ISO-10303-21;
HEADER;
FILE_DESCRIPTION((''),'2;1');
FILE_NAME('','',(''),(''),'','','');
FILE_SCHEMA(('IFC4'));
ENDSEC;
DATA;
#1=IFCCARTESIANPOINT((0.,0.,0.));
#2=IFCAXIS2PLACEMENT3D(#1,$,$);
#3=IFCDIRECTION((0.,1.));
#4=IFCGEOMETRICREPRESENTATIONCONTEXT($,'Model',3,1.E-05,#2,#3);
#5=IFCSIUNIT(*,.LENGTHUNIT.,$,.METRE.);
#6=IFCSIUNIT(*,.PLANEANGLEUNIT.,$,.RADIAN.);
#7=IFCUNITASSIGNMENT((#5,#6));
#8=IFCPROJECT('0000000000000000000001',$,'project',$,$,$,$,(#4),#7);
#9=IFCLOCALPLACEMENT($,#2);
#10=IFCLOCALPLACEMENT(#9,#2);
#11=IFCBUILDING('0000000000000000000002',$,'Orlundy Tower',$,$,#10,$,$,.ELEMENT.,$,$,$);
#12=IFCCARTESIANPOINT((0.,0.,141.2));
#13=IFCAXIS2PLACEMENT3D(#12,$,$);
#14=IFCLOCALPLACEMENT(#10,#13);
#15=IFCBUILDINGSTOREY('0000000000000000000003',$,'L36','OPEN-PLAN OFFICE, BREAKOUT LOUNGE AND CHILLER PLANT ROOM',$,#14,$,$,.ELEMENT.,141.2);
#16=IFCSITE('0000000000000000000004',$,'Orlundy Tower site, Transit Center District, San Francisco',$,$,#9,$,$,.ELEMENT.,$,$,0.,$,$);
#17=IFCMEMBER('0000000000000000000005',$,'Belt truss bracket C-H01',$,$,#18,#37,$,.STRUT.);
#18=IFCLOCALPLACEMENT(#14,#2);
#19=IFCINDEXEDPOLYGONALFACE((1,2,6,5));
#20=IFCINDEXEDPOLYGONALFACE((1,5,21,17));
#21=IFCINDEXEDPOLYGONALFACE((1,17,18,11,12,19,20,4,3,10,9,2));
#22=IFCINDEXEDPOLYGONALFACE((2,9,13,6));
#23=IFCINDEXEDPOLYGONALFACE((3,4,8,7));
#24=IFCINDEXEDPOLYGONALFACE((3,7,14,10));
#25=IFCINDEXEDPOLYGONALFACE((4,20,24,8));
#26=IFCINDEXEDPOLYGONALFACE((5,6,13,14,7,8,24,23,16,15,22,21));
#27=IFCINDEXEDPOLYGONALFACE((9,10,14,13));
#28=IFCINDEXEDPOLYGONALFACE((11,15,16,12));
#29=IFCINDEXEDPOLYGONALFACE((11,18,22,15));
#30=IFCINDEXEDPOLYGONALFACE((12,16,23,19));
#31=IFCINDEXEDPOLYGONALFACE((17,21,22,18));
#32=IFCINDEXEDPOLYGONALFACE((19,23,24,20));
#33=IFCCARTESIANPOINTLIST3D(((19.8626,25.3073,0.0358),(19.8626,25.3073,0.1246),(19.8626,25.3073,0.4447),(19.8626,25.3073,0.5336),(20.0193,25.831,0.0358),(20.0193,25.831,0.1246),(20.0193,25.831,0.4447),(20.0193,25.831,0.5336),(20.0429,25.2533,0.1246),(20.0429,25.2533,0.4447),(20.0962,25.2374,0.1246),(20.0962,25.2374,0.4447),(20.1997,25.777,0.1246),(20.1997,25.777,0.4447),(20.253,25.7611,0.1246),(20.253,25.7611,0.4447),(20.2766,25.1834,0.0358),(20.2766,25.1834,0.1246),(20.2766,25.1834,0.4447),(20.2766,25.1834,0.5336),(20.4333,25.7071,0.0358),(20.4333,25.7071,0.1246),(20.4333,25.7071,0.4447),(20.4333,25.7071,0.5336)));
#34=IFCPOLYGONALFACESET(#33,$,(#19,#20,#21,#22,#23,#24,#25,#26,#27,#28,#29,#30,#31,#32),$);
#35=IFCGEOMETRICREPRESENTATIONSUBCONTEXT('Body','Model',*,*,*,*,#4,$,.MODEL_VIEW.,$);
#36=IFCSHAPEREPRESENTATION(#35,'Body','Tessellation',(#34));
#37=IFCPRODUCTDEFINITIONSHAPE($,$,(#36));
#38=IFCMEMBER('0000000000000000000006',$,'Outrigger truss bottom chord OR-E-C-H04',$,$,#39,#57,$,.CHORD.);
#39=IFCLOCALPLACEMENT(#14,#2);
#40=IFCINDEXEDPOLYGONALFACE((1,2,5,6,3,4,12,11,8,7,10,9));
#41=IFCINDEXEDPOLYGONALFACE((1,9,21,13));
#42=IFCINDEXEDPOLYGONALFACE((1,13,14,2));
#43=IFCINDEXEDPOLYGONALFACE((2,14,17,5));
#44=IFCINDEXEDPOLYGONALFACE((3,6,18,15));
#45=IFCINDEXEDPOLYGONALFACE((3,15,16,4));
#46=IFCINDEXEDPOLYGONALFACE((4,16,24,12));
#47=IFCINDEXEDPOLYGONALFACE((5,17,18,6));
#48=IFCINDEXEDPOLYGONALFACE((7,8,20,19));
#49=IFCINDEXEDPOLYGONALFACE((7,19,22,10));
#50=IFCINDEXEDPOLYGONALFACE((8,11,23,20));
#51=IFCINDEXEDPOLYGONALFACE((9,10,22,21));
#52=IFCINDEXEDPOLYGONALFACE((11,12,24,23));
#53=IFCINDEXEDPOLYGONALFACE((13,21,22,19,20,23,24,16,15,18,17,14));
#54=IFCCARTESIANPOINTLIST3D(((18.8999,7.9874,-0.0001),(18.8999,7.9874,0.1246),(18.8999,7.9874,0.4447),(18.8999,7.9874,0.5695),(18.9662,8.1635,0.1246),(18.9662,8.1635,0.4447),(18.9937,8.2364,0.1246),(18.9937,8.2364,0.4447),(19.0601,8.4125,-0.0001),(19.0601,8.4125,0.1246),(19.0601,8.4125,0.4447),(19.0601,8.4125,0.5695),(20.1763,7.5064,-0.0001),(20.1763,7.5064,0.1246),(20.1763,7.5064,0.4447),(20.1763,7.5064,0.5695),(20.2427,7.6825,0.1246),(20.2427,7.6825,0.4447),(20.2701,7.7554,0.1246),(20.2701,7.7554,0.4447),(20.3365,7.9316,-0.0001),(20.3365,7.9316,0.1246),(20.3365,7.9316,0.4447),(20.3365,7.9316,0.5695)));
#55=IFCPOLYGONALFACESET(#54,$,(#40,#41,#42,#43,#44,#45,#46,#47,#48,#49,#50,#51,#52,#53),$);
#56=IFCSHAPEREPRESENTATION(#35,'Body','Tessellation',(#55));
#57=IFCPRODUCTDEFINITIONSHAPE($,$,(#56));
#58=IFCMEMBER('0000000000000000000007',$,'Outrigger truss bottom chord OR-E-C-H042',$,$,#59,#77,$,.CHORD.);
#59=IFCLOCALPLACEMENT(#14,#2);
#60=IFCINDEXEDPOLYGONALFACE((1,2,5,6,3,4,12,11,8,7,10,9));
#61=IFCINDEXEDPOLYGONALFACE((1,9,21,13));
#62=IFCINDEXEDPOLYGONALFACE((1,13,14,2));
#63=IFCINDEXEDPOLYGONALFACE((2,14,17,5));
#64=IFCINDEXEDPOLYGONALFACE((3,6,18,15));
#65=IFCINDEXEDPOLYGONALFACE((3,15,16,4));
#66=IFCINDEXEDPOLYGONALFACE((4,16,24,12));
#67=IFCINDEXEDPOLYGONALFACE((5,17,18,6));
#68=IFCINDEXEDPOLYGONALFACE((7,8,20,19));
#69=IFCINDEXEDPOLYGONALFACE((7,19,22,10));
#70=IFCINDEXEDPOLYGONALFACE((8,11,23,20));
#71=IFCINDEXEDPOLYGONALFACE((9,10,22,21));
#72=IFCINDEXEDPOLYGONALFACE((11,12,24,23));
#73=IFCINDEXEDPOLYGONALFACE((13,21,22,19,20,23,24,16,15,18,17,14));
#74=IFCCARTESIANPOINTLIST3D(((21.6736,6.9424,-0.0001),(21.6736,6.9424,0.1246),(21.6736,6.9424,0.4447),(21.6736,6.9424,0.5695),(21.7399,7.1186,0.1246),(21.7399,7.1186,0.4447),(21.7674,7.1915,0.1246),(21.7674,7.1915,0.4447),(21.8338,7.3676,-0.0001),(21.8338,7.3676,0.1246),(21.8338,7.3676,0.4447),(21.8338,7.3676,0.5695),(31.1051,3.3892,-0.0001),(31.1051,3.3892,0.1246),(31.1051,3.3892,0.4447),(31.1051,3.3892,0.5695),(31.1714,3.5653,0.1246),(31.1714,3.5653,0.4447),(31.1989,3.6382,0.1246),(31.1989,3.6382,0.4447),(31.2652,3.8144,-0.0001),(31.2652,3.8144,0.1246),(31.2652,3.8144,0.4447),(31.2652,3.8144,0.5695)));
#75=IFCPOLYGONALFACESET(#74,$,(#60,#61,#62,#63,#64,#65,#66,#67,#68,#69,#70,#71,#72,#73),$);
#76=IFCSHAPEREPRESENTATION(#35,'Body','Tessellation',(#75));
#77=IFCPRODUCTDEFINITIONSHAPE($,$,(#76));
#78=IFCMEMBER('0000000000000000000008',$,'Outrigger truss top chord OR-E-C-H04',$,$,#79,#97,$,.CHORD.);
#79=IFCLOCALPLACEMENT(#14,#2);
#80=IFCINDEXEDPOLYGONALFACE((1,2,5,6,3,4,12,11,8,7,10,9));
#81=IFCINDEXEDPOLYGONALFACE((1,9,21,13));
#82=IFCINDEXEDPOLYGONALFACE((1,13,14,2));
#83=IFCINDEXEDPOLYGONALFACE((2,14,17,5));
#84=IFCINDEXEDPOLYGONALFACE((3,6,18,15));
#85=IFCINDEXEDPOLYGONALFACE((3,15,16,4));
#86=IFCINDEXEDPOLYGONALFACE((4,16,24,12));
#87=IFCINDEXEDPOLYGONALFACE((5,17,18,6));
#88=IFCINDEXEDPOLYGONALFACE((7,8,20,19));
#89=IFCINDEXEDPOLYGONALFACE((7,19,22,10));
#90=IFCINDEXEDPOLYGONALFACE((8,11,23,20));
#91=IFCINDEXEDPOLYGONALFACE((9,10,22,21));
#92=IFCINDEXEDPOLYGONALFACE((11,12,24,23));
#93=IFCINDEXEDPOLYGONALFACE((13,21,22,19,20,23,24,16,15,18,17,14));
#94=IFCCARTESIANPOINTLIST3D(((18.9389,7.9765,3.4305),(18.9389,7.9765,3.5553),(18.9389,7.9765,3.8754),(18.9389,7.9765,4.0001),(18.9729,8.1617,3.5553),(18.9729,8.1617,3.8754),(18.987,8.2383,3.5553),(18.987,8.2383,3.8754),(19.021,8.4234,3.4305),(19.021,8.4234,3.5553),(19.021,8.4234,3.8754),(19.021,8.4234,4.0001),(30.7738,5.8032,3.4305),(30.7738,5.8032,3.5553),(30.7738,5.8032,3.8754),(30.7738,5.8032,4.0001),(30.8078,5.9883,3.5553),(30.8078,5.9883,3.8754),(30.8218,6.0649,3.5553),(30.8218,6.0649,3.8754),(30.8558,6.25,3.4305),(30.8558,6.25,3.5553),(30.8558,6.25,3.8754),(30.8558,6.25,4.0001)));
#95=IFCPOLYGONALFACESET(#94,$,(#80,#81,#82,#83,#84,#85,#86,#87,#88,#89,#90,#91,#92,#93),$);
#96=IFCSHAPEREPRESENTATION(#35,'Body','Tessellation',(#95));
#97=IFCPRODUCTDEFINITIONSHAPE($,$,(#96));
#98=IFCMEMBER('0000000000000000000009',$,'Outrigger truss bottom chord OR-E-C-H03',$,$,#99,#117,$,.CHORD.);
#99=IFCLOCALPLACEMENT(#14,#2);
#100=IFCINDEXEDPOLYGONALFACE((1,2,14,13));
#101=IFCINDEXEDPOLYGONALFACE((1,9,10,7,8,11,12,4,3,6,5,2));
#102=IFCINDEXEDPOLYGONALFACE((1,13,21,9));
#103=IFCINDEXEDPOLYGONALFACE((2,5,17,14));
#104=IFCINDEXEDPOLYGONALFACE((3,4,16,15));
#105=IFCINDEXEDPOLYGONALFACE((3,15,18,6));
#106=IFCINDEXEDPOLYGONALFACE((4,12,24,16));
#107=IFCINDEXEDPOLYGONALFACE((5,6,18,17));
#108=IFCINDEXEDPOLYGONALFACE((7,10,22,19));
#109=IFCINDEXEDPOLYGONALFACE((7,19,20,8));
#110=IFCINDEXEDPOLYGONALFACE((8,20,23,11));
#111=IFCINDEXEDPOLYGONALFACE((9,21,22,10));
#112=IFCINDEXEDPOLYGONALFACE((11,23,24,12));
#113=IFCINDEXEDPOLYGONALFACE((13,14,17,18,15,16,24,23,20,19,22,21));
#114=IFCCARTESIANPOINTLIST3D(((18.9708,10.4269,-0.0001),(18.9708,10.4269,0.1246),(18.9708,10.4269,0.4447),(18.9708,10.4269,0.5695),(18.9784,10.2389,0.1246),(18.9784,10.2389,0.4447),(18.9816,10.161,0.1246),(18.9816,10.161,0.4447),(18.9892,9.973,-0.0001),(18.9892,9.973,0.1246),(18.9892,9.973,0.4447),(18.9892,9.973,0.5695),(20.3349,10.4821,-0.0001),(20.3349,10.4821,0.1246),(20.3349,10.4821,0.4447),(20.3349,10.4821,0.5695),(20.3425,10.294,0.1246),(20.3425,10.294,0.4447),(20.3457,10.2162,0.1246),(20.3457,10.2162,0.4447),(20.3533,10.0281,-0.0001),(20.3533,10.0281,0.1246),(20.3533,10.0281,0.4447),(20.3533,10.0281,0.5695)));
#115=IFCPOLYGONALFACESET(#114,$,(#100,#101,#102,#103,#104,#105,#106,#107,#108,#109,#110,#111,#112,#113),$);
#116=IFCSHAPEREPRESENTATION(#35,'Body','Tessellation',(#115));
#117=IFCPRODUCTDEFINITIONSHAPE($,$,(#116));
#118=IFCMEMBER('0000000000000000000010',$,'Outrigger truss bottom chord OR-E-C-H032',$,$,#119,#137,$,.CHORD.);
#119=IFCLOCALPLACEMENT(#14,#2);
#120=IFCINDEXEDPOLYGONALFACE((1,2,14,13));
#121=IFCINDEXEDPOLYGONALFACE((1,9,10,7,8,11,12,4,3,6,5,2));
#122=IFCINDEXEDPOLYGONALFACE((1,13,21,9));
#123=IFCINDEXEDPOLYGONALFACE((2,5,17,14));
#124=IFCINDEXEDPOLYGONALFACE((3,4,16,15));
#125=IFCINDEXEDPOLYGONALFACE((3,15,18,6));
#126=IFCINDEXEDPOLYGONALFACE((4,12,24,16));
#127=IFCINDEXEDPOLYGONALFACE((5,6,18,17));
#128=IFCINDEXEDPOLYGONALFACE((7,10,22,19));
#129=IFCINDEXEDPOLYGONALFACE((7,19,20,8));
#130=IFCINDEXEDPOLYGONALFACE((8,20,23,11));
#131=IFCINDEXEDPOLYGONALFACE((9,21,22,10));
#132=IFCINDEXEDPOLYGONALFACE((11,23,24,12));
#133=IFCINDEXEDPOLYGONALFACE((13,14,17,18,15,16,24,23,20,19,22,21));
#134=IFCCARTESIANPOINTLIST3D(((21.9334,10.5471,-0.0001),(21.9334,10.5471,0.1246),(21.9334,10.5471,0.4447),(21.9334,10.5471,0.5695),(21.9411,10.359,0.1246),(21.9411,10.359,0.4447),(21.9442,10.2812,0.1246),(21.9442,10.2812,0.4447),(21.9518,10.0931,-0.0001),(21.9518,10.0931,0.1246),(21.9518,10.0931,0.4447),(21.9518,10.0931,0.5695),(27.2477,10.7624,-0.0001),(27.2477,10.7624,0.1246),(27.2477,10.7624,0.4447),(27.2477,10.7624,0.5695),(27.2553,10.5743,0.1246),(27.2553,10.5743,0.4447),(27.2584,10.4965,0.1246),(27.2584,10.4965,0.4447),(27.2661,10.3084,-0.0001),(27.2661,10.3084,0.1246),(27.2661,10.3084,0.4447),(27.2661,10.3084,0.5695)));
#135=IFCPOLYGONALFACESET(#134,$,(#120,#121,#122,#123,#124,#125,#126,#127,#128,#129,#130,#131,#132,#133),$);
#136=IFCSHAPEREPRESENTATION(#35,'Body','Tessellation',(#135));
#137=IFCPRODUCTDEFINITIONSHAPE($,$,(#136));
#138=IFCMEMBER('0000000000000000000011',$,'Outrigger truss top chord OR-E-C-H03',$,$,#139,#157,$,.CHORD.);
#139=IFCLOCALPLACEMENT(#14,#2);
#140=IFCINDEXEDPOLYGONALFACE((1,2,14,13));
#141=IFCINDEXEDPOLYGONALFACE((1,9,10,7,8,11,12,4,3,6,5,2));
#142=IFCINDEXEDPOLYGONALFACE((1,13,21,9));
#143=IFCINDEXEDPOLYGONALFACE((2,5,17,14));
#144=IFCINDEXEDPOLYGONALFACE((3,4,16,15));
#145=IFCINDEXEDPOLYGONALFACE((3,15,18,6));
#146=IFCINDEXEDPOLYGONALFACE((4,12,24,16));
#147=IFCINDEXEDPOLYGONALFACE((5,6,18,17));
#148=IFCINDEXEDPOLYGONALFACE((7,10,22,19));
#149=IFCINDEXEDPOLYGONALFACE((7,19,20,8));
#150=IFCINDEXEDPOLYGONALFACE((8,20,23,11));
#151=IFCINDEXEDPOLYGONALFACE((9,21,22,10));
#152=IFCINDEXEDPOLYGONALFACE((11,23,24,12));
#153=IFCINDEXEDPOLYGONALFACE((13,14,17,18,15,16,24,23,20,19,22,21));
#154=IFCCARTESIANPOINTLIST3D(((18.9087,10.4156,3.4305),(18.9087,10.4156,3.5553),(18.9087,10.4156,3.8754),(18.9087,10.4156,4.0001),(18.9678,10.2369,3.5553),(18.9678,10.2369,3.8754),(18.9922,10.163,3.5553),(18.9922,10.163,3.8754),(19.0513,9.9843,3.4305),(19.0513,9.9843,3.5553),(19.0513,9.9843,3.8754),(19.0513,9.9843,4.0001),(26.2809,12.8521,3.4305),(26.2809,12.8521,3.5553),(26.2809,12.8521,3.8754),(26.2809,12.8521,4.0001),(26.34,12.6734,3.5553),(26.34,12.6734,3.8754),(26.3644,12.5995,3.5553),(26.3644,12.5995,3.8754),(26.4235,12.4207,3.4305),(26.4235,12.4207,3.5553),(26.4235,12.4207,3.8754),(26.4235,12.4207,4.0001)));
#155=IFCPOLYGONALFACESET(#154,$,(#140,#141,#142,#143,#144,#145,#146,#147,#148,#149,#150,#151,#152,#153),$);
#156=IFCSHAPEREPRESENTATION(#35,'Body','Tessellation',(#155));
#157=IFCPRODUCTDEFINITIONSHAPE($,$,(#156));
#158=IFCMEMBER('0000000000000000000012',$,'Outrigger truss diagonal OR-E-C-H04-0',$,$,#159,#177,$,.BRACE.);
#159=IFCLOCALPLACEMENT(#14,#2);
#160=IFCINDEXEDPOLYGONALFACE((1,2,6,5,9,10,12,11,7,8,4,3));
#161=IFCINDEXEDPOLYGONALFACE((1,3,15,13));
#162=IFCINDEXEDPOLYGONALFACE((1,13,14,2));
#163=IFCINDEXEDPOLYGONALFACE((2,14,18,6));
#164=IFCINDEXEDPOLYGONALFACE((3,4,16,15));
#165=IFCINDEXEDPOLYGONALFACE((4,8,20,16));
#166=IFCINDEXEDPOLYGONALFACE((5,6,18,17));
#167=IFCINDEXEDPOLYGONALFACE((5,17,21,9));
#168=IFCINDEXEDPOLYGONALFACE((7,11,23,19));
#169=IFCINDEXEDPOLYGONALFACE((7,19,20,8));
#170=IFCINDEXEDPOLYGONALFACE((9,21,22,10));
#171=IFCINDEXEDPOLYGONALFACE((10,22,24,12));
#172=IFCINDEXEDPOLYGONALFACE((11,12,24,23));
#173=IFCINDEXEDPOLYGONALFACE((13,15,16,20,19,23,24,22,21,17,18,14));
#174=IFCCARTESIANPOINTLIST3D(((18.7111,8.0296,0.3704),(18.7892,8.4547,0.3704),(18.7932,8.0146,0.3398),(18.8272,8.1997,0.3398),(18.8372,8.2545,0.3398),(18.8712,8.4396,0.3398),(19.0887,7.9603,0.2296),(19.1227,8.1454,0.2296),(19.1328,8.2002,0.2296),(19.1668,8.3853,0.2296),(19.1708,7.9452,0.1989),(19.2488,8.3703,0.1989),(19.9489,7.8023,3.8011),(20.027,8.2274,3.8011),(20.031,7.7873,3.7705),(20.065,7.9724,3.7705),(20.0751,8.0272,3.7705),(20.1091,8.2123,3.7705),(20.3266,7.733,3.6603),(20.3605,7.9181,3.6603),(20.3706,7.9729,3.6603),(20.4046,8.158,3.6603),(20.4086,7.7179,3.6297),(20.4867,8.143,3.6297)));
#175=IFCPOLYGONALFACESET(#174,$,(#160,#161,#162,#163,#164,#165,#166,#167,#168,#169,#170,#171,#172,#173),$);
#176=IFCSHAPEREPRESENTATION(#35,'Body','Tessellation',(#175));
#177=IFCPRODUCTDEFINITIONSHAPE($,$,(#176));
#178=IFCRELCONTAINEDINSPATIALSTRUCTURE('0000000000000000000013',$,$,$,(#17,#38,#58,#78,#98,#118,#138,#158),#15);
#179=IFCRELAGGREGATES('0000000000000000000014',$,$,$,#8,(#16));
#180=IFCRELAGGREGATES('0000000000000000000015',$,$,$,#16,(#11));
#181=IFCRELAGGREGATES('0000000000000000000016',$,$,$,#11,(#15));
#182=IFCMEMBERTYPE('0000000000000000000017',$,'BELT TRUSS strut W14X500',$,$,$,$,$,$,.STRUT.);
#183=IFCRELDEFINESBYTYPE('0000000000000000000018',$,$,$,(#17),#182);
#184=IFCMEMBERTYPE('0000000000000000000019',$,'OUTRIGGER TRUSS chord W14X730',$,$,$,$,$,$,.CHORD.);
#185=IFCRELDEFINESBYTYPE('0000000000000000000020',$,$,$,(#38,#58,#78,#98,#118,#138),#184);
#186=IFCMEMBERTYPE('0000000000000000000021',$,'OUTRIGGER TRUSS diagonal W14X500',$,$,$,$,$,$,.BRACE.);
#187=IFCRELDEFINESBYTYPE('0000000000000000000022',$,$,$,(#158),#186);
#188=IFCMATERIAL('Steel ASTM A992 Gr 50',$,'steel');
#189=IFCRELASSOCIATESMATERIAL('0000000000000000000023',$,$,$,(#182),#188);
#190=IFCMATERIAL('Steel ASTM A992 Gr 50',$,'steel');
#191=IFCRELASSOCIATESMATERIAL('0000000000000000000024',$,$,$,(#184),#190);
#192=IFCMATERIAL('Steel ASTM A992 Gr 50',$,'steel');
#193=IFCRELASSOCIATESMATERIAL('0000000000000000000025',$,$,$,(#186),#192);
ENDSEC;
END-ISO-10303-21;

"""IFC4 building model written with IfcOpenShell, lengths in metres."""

from ifc_helpers import new_model, si_unit, direction, frame, origin, origin_2d, place, context, subcontext, project, spatial, i_section, extrude, material, material_profile, profile_set, type_object, element, save


model = new_model("IFC4")

# Units and contexts
model_context = context("Model", 3, precision=1e-05, world=origin(), true_north=direction((0.0, 1.0)))
body_context = subcontext(model_context, "Body", "Model", "MODEL_VIEW")
ifc_project = project(units=[si_unit("LENGTHUNIT", "METRE"), si_unit("PLANEANGLEUNIT", "RADIAN")], contexts=[model_context])

# Site, building, storey
site_placement = place(None, origin())
site = spatial("IfcSite", under=ifc_project, at=site_placement, Name="Orlundy Tower site, Transit Center District, San Francisco", CompositionType="ELEMENT", RefElevation=0.0)
building_placement = place(site_placement, origin())
building = spatial("IfcBuilding", under=site, at=building_placement, Name="Orlundy Tower", CompositionType="ELEMENT")
storey_placement = place(building_placement, frame((0.0, 0.0, 141.2)))
storey = spatial("IfcBuildingStorey", under=building, at=storey_placement, Name="L36", Description="OPEN-PLAN OFFICE, BREAKOUT LOUNGE AND CHILLER PLANT ROOM", CompositionType="ELEMENT", Elevation=141.2)

# Members
ifc_material_1 = material(Name="Steel ASTM A992 Gr 50", Category="steel")
ifc_material_profile_1 = material_profile(ifc_material_1, i_section(OverallWidth=0.4321, OverallDepth=0.4978, WebThickness=0.0557, FlangeThickness=0.0889, at=origin_2d()), Name="W14X500")
ifc_profile_set_1 = profile_set([ifc_material_profile_1], Name="Steel ASTM A992 Gr 50")
member_type_1 = type_object("IfcMemberType", Name="BELT TRUSS strut W14X500", PredefinedType="STRUT", material=ifc_profile_set_1)
member_1_placement = place(storey_placement, frame((20.0696, 25.2454, 0.2847), z_axis=(0.286733, 0.95801, 0.0), x_axis=(-0.95801, 0.286733, 0.0)))
element("IfcMember", 1, at=member_1_placement, inside=storey, type_object=member_type_1, Name="Belt truss bracket C-H01", PredefinedType="STRUT", context=body_context, shape_type="SweptSolid", body=[
    extrude(i_section(OverallWidth=0.4321, OverallDepth=0.4978, WebThickness=0.0557, FlangeThickness=0.0889, at=origin_2d()), origin(), (0.0, 0.0, 1.0), 0.5466),
])
ifc_material_2 = material(Name="Steel ASTM A992 Gr 50", Category="steel")
ifc_material_profile_2 = material_profile(ifc_material_2, i_section(OverallWidth=0.4543, OverallDepth=0.5696, WebThickness=0.0779, FlangeThickness=0.1248, at=origin_2d()), Name="W14X730")
ifc_profile_set_2 = profile_set([ifc_material_profile_2], Name="Steel ASTM A992 Gr 50")
member_type_2 = type_object("IfcMemberType", Name="OUTRIGGER TRUSS chord W14X730", PredefinedType="CHORD", material=ifc_profile_set_2)
member_2_placement = place(storey_placement, frame((18.98, 8.2, 0.2847), z_axis=(0.935769, -0.352614, 0.0), x_axis=(0.352614, 0.935769, 0.0)))
element("IfcMember", 2, at=member_2_placement, inside=storey, type_object=member_type_2, Name="Outrigger truss bottom chord OR-E-C-H04", PredefinedType="CHORD", context=body_context, shape_type="SweptSolid", body=[
    extrude(i_section(OverallWidth=0.4543, OverallDepth=0.5696, WebThickness=0.0779, FlangeThickness=0.1248, at=origin_2d()), origin(), (0.0, 0.0, 1.0), 1.364),
])
member_3_placement = place(storey_placement, frame((21.7537, 7.155, 0.2847), z_axis=(0.935792, -0.352554, 0.0), x_axis=(0.352554, 0.935792, 0.0)))
element("IfcMember", 3, at=member_3_placement, inside=storey, type_object=member_type_2, Name="Outrigger truss bottom chord OR-E-C-H042", PredefinedType="CHORD", context=body_context, shape_type="SweptSolid", body=[
    extrude(i_section(OverallWidth=0.4543, OverallDepth=0.5696, WebThickness=0.0779, FlangeThickness=0.1248, at=origin_2d()), origin(), (0.0, 0.0, 1.0), 10.0786),
])
member_4_placement = place(storey_placement, frame((18.98, 8.2, 3.7153), z_axis=(0.983553, -0.180621, 0.0), x_axis=(0.180621, 0.983553, 0.0)))
element("IfcMember", 4, at=member_4_placement, inside=storey, type_object=member_type_2, Name="Outrigger truss top chord OR-E-C-H04", PredefinedType="CHORD", context=body_context, shape_type="SweptSolid", body=[
    extrude(i_section(OverallWidth=0.4543, OverallDepth=0.5696, WebThickness=0.0779, FlangeThickness=0.1248, at=origin_2d()), origin(), (0.0, 0.0, 1.0), 12.0327),
])
member_5_placement = place(storey_placement, frame((18.98, 10.2, 0.2847), z_axis=(0.999183, 0.040418, 0.0), x_axis=(-0.040418, 0.999183, 0.0)))
element("IfcMember", 5, at=member_5_placement, inside=storey, type_object=member_type_2, Name="Outrigger truss bottom chord OR-E-C-H03", PredefinedType="CHORD", context=body_context, shape_type="SweptSolid", body=[
    extrude(i_section(OverallWidth=0.4543, OverallDepth=0.5696, WebThickness=0.0779, FlangeThickness=0.1248, at=origin_2d()), origin(), (0.0, 0.0, 1.0), 1.3652),
])
member_6_placement = place(storey_placement, frame((21.9426, 10.3201, 0.2847), z_axis=(0.99918, 0.040487, 0.0), x_axis=(-0.040487, 0.99918, 0.0)))
element("IfcMember", 6, at=member_6_placement, inside=storey, type_object=member_type_2, Name="Outrigger truss bottom chord OR-E-C-H032", PredefinedType="CHORD", context=body_context, shape_type="SweptSolid", body=[
    extrude(i_section(OverallWidth=0.4543, OverallDepth=0.5696, WebThickness=0.0779, FlangeThickness=0.1248, at=origin_2d()), origin(), (0.0, 0.0, 1.0), 5.3186),
])
member_7_placement = place(storey_placement, frame((18.98, 10.2, 3.7153), z_axis=(0.949488, 0.313802, 0.0), x_axis=(-0.313802, 0.949488, 0.0)))
element("IfcMember", 7, at=member_7_placement, inside=storey, type_object=member_type_2, Name="Outrigger truss top chord OR-E-C-H03", PredefinedType="CHORD", context=body_context, shape_type="SweptSolid", body=[
    extrude(i_section(OverallWidth=0.4543, OverallDepth=0.5696, WebThickness=0.0779, FlangeThickness=0.1248, at=origin_2d()), origin(), (0.0, 0.0, 1.0), 7.7644),
])
ifc_material_3 = material(Name="Steel ASTM A992 Gr 50", Category="steel")
ifc_material_profile_3 = material_profile(ifc_material_3, i_section(OverallWidth=0.4321, OverallDepth=0.4978, WebThickness=0.0557, FlangeThickness=0.0889, at=origin_2d()), Name="W14X500")
ifc_profile_set_3 = profile_set([ifc_material_profile_3], Name="Steel ASTM A992 Gr 50")
member_type_3 = type_object("IfcMemberType", Name="OUTRIGGER TRUSS diagonal W14X500", PredefinedType="BRACE", material=ifc_profile_set_3)
member_8_placement = place(storey_placement, frame((18.98, 8.2, 0.2847), z_axis=(0.338731, -0.062201, 0.938825), x_axis=(0.180609, 0.983555, 0.0)))
element("IfcMember", 8, at=member_8_placement, inside=storey, type_object=member_type_3, Name="Outrigger truss diagonal OR-E-C-H04-0", PredefinedType="BRACE", context=body_context, shape_type="SweptSolid", body=[
    extrude(i_section(OverallWidth=0.4321, OverallDepth=0.4978, WebThickness=0.0557, FlangeThickness=0.0889, at=origin_2d()), origin(), (0.0, 0.0, 1.0), 3.6543),
])

save(model, "model.ifc")
